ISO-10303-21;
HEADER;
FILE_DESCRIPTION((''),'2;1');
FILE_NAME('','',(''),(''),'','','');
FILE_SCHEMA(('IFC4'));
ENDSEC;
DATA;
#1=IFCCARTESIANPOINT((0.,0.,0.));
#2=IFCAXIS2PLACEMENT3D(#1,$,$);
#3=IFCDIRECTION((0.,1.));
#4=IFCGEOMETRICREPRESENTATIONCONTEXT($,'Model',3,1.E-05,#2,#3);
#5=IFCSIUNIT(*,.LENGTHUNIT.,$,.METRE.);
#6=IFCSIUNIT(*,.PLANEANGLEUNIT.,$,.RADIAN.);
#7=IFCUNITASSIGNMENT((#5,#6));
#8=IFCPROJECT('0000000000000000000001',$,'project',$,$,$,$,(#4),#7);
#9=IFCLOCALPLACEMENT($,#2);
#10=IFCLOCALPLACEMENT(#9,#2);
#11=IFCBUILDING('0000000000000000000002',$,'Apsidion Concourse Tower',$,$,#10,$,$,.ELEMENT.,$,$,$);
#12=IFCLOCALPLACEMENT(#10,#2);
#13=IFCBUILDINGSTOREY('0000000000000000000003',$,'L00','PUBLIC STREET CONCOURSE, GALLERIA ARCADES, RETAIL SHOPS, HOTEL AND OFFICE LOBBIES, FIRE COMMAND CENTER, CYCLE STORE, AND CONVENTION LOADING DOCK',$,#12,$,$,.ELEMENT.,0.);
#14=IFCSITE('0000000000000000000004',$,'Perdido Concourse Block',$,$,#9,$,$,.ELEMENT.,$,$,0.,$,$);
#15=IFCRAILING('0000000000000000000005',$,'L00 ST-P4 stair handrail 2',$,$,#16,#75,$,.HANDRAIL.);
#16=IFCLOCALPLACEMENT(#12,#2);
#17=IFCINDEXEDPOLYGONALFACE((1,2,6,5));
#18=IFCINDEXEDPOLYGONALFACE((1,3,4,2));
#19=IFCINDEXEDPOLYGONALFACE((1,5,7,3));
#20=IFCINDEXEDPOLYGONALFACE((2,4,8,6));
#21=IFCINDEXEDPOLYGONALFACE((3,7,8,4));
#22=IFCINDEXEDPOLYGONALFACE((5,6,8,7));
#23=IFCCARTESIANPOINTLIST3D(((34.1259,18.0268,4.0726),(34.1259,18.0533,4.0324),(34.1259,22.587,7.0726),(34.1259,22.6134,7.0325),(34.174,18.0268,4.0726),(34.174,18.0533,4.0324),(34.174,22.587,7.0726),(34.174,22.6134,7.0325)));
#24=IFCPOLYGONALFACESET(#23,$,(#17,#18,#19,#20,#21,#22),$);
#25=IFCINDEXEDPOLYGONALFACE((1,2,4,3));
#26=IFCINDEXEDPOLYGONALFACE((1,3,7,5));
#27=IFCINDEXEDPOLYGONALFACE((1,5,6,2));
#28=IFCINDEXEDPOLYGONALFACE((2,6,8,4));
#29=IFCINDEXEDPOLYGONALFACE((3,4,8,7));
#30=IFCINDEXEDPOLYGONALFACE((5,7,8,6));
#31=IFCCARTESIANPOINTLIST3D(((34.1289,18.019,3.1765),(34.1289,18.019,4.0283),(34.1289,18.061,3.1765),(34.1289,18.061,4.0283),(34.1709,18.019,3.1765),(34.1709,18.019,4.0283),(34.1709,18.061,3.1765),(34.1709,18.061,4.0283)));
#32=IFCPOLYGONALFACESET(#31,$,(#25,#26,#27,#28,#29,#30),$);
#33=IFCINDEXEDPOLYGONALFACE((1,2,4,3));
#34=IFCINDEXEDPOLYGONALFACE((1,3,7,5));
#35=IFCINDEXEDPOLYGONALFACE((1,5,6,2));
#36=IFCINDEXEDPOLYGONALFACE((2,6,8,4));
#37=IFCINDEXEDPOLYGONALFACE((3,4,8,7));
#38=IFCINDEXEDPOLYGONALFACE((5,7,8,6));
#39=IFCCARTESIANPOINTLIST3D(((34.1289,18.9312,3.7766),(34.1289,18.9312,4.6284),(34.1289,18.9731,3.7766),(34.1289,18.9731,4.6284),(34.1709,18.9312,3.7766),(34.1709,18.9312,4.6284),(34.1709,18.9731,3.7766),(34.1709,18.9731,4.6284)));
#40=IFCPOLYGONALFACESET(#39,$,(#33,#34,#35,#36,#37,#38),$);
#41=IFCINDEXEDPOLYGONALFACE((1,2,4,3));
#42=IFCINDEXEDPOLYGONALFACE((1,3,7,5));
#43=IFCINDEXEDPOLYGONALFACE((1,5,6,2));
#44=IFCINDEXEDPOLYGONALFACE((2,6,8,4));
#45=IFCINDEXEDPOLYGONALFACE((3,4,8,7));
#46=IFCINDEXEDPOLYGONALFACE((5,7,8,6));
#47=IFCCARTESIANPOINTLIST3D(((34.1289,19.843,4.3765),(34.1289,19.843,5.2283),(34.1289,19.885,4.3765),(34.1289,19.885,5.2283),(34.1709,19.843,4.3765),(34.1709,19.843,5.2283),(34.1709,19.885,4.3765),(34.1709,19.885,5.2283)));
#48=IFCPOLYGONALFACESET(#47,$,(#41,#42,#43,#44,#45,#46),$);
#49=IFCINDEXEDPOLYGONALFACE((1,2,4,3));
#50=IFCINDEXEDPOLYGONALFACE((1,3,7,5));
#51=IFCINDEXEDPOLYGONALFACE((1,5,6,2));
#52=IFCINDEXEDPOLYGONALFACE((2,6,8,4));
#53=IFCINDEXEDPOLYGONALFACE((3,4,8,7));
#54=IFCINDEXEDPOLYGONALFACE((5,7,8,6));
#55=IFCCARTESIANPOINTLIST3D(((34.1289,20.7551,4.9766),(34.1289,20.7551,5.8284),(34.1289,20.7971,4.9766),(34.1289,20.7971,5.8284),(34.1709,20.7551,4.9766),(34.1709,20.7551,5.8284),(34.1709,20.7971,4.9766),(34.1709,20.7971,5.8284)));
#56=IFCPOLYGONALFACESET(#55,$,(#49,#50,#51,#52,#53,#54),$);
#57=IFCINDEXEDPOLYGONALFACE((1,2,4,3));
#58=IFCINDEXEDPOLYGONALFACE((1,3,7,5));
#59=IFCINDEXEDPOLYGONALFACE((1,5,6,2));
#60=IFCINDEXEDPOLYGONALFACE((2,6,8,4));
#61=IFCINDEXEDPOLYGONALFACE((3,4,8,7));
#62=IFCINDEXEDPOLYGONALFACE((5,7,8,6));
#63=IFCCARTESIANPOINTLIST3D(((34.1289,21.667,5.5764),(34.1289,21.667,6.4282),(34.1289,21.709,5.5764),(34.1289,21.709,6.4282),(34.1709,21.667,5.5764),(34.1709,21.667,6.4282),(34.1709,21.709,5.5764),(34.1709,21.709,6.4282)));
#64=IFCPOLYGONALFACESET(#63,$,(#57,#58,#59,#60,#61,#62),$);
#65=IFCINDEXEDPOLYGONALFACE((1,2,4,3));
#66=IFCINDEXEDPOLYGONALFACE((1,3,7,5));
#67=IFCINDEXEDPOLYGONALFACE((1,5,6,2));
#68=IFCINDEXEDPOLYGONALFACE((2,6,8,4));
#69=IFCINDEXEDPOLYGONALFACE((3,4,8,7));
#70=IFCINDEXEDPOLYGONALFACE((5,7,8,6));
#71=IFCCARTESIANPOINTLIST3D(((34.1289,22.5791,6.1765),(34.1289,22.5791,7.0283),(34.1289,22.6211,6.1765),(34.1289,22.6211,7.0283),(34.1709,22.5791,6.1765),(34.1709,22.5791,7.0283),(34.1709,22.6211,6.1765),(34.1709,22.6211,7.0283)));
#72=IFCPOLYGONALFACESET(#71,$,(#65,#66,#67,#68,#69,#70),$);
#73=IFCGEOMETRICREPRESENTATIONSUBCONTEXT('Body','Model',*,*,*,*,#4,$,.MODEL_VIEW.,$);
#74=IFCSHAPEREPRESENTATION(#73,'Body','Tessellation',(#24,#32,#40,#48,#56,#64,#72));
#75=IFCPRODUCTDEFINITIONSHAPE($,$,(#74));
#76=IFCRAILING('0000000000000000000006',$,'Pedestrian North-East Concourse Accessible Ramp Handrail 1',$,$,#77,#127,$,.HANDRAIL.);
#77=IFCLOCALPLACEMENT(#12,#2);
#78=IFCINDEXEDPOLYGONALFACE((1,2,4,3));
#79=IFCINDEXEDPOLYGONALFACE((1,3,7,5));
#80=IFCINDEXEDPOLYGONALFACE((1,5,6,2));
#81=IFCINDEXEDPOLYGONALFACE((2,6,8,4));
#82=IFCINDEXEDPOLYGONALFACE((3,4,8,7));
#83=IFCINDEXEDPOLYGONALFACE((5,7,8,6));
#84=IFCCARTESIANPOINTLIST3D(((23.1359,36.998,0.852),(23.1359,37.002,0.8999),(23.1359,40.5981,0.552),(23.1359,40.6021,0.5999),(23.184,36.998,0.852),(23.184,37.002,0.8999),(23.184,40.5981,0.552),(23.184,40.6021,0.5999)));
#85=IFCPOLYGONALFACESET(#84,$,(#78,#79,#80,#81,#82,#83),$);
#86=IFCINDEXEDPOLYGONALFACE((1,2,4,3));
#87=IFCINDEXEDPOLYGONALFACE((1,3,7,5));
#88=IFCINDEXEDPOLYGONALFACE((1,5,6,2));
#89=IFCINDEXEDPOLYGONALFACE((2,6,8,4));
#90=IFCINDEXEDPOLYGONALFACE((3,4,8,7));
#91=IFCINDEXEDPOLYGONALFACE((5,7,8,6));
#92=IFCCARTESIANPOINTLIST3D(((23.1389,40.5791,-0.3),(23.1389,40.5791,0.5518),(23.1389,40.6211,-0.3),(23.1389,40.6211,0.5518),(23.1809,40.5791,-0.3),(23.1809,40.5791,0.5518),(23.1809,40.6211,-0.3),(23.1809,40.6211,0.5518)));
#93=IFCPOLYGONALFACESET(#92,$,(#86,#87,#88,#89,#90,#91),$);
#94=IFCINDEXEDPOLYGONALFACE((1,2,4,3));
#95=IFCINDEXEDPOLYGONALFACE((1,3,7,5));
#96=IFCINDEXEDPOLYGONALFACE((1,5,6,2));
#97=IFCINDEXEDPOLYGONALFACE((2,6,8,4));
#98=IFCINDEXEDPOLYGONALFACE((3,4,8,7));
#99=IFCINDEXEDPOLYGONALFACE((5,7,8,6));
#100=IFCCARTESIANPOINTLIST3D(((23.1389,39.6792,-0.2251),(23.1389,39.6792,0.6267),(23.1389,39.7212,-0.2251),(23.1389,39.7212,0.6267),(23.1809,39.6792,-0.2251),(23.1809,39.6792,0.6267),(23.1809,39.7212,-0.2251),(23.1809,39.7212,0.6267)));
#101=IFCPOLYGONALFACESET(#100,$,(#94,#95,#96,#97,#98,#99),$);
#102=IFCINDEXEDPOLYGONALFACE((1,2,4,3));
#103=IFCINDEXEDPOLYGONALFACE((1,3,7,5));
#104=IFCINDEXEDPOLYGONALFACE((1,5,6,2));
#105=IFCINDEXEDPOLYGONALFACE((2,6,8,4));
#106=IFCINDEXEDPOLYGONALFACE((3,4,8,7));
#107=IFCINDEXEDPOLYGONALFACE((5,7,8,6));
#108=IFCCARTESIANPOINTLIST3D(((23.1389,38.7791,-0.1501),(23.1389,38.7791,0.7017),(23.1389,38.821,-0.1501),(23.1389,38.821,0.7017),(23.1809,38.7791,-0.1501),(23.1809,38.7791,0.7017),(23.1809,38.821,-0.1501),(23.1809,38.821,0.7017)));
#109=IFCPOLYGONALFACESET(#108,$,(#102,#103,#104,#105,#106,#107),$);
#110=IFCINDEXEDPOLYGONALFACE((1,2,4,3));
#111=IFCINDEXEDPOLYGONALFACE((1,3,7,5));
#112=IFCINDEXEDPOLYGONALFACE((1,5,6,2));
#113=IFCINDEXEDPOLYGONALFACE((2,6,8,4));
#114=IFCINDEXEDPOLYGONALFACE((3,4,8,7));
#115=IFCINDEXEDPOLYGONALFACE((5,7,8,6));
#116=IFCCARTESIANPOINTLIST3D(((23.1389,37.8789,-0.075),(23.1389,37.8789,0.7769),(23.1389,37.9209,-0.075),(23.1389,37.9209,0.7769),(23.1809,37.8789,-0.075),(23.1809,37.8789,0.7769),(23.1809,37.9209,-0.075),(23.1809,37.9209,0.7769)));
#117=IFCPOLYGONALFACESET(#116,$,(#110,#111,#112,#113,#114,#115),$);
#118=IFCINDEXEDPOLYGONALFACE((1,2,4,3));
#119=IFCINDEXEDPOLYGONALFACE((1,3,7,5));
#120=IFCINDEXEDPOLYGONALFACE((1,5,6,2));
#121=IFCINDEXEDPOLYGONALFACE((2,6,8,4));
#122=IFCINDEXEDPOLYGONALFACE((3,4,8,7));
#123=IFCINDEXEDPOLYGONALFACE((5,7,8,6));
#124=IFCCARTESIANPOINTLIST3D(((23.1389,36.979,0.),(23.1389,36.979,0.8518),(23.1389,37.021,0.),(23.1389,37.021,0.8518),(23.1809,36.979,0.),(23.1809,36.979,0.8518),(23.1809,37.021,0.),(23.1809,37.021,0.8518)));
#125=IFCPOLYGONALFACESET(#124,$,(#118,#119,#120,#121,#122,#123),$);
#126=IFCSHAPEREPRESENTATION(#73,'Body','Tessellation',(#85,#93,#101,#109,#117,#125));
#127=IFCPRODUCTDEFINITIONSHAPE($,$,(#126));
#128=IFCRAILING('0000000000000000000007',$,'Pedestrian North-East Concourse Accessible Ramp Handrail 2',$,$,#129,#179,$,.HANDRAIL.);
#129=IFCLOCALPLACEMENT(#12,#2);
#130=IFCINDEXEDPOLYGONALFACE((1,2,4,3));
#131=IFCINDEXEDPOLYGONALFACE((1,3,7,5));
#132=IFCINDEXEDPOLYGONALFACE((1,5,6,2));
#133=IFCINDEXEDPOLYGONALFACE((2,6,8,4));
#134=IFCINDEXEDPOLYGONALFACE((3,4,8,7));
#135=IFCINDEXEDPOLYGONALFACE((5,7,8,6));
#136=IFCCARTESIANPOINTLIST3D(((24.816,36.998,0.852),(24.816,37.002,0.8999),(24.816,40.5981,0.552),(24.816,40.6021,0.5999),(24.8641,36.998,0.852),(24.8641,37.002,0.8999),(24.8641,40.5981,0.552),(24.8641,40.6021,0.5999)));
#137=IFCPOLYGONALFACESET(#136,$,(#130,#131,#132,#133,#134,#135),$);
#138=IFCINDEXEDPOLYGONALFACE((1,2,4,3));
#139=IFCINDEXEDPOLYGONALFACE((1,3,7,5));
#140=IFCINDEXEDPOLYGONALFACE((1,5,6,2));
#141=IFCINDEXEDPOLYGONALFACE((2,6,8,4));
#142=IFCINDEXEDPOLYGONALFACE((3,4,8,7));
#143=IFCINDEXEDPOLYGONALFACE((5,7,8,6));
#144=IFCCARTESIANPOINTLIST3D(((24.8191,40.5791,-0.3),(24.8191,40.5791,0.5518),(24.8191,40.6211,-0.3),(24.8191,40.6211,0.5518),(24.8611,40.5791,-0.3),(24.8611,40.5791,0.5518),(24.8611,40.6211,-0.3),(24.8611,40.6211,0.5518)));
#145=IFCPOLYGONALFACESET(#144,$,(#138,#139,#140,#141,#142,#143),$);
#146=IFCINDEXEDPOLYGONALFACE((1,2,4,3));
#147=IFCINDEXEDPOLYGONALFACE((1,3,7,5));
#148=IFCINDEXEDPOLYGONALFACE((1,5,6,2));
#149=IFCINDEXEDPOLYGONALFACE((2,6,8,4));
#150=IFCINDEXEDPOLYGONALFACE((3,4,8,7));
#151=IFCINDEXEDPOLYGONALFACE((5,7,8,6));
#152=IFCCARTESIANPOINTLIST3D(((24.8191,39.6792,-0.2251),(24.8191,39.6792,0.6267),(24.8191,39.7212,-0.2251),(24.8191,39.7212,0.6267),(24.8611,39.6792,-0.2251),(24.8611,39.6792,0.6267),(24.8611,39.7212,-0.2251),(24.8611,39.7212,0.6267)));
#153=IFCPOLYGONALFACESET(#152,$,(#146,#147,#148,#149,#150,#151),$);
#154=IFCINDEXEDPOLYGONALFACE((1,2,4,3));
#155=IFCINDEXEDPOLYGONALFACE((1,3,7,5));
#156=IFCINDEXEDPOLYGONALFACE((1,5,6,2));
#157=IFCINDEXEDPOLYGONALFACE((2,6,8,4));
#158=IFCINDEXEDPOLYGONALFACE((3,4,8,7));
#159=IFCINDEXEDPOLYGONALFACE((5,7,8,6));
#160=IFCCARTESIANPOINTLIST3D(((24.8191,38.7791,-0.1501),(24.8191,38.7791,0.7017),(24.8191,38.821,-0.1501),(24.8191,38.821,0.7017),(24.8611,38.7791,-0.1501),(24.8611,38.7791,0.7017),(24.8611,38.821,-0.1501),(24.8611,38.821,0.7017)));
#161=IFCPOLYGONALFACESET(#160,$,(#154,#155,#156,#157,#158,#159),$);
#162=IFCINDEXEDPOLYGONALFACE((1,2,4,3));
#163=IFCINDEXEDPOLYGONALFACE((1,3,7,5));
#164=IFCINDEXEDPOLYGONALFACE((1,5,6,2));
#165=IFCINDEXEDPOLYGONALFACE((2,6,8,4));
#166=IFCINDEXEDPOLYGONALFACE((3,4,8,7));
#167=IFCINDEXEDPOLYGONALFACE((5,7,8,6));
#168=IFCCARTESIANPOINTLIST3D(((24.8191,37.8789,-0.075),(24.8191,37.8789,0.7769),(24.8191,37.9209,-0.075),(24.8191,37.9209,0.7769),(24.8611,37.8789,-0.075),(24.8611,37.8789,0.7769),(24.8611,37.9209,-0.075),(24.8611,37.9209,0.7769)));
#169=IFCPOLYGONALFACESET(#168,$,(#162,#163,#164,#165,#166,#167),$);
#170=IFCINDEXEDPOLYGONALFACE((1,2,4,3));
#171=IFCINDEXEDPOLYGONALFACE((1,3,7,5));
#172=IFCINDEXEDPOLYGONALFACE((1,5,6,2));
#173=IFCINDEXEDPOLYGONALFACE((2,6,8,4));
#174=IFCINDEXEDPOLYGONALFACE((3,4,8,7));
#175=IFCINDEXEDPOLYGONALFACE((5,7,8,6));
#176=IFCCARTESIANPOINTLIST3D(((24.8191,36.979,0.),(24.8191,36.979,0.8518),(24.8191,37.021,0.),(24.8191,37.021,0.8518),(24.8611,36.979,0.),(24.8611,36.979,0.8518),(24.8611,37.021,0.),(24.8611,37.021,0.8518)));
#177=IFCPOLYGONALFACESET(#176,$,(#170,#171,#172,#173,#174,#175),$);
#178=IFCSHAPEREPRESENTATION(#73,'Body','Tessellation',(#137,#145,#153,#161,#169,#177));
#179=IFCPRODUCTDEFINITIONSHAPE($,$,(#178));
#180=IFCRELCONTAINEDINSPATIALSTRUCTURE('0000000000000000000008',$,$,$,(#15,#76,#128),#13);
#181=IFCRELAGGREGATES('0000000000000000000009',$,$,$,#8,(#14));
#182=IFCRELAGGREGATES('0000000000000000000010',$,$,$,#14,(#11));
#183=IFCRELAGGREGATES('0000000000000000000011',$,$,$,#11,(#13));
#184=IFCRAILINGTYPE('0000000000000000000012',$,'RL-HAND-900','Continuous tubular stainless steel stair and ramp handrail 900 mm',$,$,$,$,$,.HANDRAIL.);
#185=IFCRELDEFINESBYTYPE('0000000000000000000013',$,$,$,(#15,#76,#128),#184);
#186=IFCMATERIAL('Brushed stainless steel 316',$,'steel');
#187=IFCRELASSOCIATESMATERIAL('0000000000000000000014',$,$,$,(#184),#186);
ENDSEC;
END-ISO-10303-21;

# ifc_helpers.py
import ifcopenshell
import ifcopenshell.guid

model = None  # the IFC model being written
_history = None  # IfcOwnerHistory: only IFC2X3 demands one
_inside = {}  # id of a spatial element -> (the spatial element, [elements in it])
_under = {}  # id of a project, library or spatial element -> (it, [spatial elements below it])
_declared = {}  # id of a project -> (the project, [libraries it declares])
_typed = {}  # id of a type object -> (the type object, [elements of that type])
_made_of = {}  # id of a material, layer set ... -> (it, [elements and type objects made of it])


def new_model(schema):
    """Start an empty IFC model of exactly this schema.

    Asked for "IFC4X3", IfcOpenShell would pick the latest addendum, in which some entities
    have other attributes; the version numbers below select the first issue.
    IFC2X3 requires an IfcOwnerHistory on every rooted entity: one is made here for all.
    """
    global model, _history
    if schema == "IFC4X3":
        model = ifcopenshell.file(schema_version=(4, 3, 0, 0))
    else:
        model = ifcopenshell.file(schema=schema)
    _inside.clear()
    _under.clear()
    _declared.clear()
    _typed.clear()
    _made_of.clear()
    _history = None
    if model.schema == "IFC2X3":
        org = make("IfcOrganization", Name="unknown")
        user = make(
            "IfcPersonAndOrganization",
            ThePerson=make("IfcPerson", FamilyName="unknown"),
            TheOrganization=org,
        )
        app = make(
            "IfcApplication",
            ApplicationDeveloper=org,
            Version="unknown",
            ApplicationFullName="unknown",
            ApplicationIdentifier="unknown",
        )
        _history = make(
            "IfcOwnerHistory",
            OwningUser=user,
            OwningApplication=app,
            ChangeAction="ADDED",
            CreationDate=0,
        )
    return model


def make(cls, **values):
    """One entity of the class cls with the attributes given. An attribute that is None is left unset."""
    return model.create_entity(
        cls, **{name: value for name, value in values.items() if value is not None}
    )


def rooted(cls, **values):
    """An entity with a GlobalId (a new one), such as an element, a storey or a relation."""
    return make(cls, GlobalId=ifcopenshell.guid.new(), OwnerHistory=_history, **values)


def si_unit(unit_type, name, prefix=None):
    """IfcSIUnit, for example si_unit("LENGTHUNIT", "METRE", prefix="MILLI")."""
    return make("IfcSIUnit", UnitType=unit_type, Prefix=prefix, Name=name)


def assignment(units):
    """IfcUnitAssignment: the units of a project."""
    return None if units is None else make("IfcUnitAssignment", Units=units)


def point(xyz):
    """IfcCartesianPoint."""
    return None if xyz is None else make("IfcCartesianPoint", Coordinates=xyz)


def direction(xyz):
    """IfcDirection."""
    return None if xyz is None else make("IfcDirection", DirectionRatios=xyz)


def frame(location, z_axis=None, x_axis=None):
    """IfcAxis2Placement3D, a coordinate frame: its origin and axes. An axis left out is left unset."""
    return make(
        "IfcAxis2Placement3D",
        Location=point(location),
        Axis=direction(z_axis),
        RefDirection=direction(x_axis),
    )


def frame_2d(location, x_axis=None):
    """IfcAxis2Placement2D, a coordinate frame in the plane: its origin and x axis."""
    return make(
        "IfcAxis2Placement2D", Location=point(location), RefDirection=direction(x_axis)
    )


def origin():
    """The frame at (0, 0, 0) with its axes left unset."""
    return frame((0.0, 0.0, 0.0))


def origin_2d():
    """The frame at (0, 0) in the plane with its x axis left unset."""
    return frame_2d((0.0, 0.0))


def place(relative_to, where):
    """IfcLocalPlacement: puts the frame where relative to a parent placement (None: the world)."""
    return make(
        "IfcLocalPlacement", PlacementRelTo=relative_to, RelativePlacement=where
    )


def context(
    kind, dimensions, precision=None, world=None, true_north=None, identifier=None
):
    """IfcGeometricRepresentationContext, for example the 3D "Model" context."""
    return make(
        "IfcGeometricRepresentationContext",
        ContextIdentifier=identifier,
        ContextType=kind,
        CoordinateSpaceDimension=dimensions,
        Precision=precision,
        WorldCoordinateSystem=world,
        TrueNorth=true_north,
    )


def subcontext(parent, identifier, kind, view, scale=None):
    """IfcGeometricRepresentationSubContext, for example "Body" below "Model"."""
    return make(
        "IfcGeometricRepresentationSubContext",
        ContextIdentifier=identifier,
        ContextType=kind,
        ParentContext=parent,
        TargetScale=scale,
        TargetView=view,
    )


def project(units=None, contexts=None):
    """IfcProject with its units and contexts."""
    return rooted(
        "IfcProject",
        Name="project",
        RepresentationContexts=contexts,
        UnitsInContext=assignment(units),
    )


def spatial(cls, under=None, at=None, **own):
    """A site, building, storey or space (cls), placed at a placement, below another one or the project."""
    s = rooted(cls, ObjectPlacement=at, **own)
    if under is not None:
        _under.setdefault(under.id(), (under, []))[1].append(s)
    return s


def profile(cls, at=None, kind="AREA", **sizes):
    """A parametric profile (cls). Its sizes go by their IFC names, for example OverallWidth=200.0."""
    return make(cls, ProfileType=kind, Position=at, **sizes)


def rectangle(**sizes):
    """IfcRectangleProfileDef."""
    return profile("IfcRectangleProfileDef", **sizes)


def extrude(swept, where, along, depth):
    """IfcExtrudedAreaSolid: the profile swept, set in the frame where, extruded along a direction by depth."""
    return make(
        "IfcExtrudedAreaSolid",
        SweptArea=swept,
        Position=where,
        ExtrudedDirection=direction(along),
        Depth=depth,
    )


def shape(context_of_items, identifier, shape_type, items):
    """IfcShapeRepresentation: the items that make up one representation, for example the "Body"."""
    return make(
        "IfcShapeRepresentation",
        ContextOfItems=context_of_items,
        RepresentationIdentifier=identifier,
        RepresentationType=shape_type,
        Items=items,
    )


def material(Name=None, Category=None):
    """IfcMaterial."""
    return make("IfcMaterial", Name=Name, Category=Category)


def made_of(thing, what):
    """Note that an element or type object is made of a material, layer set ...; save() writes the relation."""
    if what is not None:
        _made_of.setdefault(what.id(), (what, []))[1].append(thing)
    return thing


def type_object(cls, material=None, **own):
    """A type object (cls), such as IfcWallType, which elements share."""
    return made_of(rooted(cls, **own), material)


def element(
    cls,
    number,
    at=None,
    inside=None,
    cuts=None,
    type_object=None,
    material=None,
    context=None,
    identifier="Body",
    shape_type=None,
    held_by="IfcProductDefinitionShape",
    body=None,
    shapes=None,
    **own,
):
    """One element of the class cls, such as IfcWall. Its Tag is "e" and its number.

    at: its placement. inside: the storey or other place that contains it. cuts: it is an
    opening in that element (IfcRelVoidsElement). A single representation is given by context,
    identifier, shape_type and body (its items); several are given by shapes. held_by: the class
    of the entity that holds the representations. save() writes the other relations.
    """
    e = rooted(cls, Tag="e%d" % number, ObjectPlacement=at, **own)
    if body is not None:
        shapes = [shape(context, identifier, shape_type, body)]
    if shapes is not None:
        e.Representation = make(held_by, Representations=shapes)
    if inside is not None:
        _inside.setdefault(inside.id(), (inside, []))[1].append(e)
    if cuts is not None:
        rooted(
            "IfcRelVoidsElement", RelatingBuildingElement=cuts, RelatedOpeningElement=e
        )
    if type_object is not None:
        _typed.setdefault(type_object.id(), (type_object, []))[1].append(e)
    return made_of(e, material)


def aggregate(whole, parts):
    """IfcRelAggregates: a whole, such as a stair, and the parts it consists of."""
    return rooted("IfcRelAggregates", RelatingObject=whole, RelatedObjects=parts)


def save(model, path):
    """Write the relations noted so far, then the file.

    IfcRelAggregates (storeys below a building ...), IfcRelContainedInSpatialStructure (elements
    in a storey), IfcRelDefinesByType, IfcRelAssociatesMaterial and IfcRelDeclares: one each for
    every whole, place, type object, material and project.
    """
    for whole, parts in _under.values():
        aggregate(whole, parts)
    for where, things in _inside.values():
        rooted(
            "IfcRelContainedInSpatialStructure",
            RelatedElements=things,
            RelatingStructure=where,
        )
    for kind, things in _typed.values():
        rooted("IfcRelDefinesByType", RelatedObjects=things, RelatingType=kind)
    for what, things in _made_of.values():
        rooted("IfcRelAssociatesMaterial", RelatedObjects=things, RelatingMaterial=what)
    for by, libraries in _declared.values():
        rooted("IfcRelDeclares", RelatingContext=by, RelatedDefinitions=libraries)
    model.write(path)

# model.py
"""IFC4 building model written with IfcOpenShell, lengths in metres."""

from ifc_helpers import new_model, si_unit, direction, frame, origin, origin_2d, place, context, subcontext, project, spatial, rectangle, extrude, material, type_object, element, save


model = new_model("IFC4")

# Units and contexts
model_context = context("Model", 3, precision=1e-05, world=origin(), true_north=direction((0.0, 1.0)))
body_context = subcontext(model_context, "Body", "Model", "MODEL_VIEW")
ifc_project = project(units=[si_unit("LENGTHUNIT", "METRE"), si_unit("PLANEANGLEUNIT", "RADIAN")], contexts=[model_context])

# Site, building, storey
site_placement = place(None, origin())
site = spatial("IfcSite", under=ifc_project, at=site_placement, Name="Perdido Concourse Block", CompositionType="ELEMENT", RefElevation=0.0)
building_placement = place(site_placement, origin())
building = spatial("IfcBuilding", under=site, at=building_placement, Name="Apsidion Concourse Tower", CompositionType="ELEMENT")
storey_placement = place(building_placement, origin())
storey = spatial("IfcBuildingStorey", under=building, at=storey_placement, Name="L00", Description="PUBLIC STREET CONCOURSE, GALLERIA ARCADES, RETAIL SHOPS, HOTEL AND OFFICE LOBBIES, FIRE COMMAND CENTER, CYCLE STORE, AND CONVENTION LOADING DOCK", CompositionType="ELEMENT", Elevation=0.0)

# Shared definitions
ifc_material_1 = material(Name="Brushed stainless steel 316", Category="steel")

# Railings
railing_type_1 = type_object("IfcRailingType", Name="RL-HAND-900", Description="Continuous tubular stainless steel stair and ramp handrail 900 mm", PredefinedType="HANDRAIL", material=ifc_material_1)
railing_1_placement = place(storey_placement, frame((34.1499, 18.04, 3.1765)))
element("IfcRailing", 1, at=railing_1_placement, inside=storey, type_object=railing_type_1, Name="L00 ST-P4 stair handrail 2", PredefinedType="HANDRAIL", context=body_context, shape_type="SweptSolid", body=[
    extrude(rectangle(XDim=0.0481, YDim=0.0481, at=origin_2d()), frame((0.0, 0.0, 0.876), z_axis=(0.0, 0.83542, 0.549612), x_axis=(-1.0, 0.0, 0.0)), (0.0, 0.0, 1.0), 5.4585),
    extrude(rectangle(XDim=0.042, YDim=0.042, at=origin_2d()), origin(), (0.0, 0.0, 1.0), 0.8518),
    extrude(rectangle(XDim=0.042, YDim=0.042, at=origin_2d()), frame((0.0, 0.9121, 0.6001)), (0.0, 0.0, 1.0), 0.8518),
    extrude(rectangle(XDim=0.042, YDim=0.042, at=origin_2d()), frame((0.0, 1.824, 1.2)), (0.0, 0.0, 1.0), 0.8518),
    extrude(rectangle(XDim=0.042, YDim=0.042, at=origin_2d()), frame((0.0, 2.7361, 1.8)), (0.0, 0.0, 1.0), 0.8518),
    extrude(rectangle(XDim=0.042, YDim=0.042, at=origin_2d()), frame((0.0, 3.6479, 2.3999)), (0.0, 0.0, 1.0), 0.8518),
    extrude(rectangle(XDim=0.042, YDim=0.042, at=origin_2d()), frame((0.0, 4.5601, 3.0)), (0.0, 0.0, 1.0), 0.8518),
])
for number, where, name in (
    (2, (23.1599, 40.6001, -0.3), "Pedestrian North-East Concourse Accessible Ramp Handrail 1"),
    (3, (24.8401, 40.6001, -0.3), "Pedestrian North-East Concourse Accessible Ramp Handrail 2"),
):
    element("IfcRailing", number, at=place(storey_placement, frame(where)), inside=storey, type_object=railing_type_1, Name=name, PredefinedType="HANDRAIL", context=body_context, shape_type="SweptSolid", body=[
        extrude(rectangle(XDim=0.0481, YDim=0.0481, at=origin_2d()), frame((0.0, 0.0, 0.876), z_axis=(0.0, -0.996545, 0.083057), x_axis=(1.0, 0.0, 0.0)), (0.0, 0.0, 1.0), 3.6125),
        extrude(rectangle(XDim=0.042, YDim=0.042, at=origin_2d()), origin(), (0.0, 0.0, 1.0), 0.8518),
        extrude(rectangle(XDim=0.042, YDim=0.042, at=origin_2d()), frame((0.0, -0.8999, 0.075)), (0.0, 0.0, 1.0), 0.8518),
        extrude(rectangle(XDim=0.042, YDim=0.042, at=origin_2d()), frame((0.0, -1.8, 0.1499)), (0.0, 0.0, 1.0), 0.8518),
        extrude(rectangle(XDim=0.042, YDim=0.042, at=origin_2d()), frame((0.0, -2.7002, 0.2251)), (0.0, 0.0, 1.0), 0.8518),
        extrude(rectangle(XDim=0.042, YDim=0.042, at=origin_2d()), frame((0.0, -3.6001, 0.3)), (0.0, 0.0, 1.0), 0.8518),
    ])

save(model, "model.ifc")
